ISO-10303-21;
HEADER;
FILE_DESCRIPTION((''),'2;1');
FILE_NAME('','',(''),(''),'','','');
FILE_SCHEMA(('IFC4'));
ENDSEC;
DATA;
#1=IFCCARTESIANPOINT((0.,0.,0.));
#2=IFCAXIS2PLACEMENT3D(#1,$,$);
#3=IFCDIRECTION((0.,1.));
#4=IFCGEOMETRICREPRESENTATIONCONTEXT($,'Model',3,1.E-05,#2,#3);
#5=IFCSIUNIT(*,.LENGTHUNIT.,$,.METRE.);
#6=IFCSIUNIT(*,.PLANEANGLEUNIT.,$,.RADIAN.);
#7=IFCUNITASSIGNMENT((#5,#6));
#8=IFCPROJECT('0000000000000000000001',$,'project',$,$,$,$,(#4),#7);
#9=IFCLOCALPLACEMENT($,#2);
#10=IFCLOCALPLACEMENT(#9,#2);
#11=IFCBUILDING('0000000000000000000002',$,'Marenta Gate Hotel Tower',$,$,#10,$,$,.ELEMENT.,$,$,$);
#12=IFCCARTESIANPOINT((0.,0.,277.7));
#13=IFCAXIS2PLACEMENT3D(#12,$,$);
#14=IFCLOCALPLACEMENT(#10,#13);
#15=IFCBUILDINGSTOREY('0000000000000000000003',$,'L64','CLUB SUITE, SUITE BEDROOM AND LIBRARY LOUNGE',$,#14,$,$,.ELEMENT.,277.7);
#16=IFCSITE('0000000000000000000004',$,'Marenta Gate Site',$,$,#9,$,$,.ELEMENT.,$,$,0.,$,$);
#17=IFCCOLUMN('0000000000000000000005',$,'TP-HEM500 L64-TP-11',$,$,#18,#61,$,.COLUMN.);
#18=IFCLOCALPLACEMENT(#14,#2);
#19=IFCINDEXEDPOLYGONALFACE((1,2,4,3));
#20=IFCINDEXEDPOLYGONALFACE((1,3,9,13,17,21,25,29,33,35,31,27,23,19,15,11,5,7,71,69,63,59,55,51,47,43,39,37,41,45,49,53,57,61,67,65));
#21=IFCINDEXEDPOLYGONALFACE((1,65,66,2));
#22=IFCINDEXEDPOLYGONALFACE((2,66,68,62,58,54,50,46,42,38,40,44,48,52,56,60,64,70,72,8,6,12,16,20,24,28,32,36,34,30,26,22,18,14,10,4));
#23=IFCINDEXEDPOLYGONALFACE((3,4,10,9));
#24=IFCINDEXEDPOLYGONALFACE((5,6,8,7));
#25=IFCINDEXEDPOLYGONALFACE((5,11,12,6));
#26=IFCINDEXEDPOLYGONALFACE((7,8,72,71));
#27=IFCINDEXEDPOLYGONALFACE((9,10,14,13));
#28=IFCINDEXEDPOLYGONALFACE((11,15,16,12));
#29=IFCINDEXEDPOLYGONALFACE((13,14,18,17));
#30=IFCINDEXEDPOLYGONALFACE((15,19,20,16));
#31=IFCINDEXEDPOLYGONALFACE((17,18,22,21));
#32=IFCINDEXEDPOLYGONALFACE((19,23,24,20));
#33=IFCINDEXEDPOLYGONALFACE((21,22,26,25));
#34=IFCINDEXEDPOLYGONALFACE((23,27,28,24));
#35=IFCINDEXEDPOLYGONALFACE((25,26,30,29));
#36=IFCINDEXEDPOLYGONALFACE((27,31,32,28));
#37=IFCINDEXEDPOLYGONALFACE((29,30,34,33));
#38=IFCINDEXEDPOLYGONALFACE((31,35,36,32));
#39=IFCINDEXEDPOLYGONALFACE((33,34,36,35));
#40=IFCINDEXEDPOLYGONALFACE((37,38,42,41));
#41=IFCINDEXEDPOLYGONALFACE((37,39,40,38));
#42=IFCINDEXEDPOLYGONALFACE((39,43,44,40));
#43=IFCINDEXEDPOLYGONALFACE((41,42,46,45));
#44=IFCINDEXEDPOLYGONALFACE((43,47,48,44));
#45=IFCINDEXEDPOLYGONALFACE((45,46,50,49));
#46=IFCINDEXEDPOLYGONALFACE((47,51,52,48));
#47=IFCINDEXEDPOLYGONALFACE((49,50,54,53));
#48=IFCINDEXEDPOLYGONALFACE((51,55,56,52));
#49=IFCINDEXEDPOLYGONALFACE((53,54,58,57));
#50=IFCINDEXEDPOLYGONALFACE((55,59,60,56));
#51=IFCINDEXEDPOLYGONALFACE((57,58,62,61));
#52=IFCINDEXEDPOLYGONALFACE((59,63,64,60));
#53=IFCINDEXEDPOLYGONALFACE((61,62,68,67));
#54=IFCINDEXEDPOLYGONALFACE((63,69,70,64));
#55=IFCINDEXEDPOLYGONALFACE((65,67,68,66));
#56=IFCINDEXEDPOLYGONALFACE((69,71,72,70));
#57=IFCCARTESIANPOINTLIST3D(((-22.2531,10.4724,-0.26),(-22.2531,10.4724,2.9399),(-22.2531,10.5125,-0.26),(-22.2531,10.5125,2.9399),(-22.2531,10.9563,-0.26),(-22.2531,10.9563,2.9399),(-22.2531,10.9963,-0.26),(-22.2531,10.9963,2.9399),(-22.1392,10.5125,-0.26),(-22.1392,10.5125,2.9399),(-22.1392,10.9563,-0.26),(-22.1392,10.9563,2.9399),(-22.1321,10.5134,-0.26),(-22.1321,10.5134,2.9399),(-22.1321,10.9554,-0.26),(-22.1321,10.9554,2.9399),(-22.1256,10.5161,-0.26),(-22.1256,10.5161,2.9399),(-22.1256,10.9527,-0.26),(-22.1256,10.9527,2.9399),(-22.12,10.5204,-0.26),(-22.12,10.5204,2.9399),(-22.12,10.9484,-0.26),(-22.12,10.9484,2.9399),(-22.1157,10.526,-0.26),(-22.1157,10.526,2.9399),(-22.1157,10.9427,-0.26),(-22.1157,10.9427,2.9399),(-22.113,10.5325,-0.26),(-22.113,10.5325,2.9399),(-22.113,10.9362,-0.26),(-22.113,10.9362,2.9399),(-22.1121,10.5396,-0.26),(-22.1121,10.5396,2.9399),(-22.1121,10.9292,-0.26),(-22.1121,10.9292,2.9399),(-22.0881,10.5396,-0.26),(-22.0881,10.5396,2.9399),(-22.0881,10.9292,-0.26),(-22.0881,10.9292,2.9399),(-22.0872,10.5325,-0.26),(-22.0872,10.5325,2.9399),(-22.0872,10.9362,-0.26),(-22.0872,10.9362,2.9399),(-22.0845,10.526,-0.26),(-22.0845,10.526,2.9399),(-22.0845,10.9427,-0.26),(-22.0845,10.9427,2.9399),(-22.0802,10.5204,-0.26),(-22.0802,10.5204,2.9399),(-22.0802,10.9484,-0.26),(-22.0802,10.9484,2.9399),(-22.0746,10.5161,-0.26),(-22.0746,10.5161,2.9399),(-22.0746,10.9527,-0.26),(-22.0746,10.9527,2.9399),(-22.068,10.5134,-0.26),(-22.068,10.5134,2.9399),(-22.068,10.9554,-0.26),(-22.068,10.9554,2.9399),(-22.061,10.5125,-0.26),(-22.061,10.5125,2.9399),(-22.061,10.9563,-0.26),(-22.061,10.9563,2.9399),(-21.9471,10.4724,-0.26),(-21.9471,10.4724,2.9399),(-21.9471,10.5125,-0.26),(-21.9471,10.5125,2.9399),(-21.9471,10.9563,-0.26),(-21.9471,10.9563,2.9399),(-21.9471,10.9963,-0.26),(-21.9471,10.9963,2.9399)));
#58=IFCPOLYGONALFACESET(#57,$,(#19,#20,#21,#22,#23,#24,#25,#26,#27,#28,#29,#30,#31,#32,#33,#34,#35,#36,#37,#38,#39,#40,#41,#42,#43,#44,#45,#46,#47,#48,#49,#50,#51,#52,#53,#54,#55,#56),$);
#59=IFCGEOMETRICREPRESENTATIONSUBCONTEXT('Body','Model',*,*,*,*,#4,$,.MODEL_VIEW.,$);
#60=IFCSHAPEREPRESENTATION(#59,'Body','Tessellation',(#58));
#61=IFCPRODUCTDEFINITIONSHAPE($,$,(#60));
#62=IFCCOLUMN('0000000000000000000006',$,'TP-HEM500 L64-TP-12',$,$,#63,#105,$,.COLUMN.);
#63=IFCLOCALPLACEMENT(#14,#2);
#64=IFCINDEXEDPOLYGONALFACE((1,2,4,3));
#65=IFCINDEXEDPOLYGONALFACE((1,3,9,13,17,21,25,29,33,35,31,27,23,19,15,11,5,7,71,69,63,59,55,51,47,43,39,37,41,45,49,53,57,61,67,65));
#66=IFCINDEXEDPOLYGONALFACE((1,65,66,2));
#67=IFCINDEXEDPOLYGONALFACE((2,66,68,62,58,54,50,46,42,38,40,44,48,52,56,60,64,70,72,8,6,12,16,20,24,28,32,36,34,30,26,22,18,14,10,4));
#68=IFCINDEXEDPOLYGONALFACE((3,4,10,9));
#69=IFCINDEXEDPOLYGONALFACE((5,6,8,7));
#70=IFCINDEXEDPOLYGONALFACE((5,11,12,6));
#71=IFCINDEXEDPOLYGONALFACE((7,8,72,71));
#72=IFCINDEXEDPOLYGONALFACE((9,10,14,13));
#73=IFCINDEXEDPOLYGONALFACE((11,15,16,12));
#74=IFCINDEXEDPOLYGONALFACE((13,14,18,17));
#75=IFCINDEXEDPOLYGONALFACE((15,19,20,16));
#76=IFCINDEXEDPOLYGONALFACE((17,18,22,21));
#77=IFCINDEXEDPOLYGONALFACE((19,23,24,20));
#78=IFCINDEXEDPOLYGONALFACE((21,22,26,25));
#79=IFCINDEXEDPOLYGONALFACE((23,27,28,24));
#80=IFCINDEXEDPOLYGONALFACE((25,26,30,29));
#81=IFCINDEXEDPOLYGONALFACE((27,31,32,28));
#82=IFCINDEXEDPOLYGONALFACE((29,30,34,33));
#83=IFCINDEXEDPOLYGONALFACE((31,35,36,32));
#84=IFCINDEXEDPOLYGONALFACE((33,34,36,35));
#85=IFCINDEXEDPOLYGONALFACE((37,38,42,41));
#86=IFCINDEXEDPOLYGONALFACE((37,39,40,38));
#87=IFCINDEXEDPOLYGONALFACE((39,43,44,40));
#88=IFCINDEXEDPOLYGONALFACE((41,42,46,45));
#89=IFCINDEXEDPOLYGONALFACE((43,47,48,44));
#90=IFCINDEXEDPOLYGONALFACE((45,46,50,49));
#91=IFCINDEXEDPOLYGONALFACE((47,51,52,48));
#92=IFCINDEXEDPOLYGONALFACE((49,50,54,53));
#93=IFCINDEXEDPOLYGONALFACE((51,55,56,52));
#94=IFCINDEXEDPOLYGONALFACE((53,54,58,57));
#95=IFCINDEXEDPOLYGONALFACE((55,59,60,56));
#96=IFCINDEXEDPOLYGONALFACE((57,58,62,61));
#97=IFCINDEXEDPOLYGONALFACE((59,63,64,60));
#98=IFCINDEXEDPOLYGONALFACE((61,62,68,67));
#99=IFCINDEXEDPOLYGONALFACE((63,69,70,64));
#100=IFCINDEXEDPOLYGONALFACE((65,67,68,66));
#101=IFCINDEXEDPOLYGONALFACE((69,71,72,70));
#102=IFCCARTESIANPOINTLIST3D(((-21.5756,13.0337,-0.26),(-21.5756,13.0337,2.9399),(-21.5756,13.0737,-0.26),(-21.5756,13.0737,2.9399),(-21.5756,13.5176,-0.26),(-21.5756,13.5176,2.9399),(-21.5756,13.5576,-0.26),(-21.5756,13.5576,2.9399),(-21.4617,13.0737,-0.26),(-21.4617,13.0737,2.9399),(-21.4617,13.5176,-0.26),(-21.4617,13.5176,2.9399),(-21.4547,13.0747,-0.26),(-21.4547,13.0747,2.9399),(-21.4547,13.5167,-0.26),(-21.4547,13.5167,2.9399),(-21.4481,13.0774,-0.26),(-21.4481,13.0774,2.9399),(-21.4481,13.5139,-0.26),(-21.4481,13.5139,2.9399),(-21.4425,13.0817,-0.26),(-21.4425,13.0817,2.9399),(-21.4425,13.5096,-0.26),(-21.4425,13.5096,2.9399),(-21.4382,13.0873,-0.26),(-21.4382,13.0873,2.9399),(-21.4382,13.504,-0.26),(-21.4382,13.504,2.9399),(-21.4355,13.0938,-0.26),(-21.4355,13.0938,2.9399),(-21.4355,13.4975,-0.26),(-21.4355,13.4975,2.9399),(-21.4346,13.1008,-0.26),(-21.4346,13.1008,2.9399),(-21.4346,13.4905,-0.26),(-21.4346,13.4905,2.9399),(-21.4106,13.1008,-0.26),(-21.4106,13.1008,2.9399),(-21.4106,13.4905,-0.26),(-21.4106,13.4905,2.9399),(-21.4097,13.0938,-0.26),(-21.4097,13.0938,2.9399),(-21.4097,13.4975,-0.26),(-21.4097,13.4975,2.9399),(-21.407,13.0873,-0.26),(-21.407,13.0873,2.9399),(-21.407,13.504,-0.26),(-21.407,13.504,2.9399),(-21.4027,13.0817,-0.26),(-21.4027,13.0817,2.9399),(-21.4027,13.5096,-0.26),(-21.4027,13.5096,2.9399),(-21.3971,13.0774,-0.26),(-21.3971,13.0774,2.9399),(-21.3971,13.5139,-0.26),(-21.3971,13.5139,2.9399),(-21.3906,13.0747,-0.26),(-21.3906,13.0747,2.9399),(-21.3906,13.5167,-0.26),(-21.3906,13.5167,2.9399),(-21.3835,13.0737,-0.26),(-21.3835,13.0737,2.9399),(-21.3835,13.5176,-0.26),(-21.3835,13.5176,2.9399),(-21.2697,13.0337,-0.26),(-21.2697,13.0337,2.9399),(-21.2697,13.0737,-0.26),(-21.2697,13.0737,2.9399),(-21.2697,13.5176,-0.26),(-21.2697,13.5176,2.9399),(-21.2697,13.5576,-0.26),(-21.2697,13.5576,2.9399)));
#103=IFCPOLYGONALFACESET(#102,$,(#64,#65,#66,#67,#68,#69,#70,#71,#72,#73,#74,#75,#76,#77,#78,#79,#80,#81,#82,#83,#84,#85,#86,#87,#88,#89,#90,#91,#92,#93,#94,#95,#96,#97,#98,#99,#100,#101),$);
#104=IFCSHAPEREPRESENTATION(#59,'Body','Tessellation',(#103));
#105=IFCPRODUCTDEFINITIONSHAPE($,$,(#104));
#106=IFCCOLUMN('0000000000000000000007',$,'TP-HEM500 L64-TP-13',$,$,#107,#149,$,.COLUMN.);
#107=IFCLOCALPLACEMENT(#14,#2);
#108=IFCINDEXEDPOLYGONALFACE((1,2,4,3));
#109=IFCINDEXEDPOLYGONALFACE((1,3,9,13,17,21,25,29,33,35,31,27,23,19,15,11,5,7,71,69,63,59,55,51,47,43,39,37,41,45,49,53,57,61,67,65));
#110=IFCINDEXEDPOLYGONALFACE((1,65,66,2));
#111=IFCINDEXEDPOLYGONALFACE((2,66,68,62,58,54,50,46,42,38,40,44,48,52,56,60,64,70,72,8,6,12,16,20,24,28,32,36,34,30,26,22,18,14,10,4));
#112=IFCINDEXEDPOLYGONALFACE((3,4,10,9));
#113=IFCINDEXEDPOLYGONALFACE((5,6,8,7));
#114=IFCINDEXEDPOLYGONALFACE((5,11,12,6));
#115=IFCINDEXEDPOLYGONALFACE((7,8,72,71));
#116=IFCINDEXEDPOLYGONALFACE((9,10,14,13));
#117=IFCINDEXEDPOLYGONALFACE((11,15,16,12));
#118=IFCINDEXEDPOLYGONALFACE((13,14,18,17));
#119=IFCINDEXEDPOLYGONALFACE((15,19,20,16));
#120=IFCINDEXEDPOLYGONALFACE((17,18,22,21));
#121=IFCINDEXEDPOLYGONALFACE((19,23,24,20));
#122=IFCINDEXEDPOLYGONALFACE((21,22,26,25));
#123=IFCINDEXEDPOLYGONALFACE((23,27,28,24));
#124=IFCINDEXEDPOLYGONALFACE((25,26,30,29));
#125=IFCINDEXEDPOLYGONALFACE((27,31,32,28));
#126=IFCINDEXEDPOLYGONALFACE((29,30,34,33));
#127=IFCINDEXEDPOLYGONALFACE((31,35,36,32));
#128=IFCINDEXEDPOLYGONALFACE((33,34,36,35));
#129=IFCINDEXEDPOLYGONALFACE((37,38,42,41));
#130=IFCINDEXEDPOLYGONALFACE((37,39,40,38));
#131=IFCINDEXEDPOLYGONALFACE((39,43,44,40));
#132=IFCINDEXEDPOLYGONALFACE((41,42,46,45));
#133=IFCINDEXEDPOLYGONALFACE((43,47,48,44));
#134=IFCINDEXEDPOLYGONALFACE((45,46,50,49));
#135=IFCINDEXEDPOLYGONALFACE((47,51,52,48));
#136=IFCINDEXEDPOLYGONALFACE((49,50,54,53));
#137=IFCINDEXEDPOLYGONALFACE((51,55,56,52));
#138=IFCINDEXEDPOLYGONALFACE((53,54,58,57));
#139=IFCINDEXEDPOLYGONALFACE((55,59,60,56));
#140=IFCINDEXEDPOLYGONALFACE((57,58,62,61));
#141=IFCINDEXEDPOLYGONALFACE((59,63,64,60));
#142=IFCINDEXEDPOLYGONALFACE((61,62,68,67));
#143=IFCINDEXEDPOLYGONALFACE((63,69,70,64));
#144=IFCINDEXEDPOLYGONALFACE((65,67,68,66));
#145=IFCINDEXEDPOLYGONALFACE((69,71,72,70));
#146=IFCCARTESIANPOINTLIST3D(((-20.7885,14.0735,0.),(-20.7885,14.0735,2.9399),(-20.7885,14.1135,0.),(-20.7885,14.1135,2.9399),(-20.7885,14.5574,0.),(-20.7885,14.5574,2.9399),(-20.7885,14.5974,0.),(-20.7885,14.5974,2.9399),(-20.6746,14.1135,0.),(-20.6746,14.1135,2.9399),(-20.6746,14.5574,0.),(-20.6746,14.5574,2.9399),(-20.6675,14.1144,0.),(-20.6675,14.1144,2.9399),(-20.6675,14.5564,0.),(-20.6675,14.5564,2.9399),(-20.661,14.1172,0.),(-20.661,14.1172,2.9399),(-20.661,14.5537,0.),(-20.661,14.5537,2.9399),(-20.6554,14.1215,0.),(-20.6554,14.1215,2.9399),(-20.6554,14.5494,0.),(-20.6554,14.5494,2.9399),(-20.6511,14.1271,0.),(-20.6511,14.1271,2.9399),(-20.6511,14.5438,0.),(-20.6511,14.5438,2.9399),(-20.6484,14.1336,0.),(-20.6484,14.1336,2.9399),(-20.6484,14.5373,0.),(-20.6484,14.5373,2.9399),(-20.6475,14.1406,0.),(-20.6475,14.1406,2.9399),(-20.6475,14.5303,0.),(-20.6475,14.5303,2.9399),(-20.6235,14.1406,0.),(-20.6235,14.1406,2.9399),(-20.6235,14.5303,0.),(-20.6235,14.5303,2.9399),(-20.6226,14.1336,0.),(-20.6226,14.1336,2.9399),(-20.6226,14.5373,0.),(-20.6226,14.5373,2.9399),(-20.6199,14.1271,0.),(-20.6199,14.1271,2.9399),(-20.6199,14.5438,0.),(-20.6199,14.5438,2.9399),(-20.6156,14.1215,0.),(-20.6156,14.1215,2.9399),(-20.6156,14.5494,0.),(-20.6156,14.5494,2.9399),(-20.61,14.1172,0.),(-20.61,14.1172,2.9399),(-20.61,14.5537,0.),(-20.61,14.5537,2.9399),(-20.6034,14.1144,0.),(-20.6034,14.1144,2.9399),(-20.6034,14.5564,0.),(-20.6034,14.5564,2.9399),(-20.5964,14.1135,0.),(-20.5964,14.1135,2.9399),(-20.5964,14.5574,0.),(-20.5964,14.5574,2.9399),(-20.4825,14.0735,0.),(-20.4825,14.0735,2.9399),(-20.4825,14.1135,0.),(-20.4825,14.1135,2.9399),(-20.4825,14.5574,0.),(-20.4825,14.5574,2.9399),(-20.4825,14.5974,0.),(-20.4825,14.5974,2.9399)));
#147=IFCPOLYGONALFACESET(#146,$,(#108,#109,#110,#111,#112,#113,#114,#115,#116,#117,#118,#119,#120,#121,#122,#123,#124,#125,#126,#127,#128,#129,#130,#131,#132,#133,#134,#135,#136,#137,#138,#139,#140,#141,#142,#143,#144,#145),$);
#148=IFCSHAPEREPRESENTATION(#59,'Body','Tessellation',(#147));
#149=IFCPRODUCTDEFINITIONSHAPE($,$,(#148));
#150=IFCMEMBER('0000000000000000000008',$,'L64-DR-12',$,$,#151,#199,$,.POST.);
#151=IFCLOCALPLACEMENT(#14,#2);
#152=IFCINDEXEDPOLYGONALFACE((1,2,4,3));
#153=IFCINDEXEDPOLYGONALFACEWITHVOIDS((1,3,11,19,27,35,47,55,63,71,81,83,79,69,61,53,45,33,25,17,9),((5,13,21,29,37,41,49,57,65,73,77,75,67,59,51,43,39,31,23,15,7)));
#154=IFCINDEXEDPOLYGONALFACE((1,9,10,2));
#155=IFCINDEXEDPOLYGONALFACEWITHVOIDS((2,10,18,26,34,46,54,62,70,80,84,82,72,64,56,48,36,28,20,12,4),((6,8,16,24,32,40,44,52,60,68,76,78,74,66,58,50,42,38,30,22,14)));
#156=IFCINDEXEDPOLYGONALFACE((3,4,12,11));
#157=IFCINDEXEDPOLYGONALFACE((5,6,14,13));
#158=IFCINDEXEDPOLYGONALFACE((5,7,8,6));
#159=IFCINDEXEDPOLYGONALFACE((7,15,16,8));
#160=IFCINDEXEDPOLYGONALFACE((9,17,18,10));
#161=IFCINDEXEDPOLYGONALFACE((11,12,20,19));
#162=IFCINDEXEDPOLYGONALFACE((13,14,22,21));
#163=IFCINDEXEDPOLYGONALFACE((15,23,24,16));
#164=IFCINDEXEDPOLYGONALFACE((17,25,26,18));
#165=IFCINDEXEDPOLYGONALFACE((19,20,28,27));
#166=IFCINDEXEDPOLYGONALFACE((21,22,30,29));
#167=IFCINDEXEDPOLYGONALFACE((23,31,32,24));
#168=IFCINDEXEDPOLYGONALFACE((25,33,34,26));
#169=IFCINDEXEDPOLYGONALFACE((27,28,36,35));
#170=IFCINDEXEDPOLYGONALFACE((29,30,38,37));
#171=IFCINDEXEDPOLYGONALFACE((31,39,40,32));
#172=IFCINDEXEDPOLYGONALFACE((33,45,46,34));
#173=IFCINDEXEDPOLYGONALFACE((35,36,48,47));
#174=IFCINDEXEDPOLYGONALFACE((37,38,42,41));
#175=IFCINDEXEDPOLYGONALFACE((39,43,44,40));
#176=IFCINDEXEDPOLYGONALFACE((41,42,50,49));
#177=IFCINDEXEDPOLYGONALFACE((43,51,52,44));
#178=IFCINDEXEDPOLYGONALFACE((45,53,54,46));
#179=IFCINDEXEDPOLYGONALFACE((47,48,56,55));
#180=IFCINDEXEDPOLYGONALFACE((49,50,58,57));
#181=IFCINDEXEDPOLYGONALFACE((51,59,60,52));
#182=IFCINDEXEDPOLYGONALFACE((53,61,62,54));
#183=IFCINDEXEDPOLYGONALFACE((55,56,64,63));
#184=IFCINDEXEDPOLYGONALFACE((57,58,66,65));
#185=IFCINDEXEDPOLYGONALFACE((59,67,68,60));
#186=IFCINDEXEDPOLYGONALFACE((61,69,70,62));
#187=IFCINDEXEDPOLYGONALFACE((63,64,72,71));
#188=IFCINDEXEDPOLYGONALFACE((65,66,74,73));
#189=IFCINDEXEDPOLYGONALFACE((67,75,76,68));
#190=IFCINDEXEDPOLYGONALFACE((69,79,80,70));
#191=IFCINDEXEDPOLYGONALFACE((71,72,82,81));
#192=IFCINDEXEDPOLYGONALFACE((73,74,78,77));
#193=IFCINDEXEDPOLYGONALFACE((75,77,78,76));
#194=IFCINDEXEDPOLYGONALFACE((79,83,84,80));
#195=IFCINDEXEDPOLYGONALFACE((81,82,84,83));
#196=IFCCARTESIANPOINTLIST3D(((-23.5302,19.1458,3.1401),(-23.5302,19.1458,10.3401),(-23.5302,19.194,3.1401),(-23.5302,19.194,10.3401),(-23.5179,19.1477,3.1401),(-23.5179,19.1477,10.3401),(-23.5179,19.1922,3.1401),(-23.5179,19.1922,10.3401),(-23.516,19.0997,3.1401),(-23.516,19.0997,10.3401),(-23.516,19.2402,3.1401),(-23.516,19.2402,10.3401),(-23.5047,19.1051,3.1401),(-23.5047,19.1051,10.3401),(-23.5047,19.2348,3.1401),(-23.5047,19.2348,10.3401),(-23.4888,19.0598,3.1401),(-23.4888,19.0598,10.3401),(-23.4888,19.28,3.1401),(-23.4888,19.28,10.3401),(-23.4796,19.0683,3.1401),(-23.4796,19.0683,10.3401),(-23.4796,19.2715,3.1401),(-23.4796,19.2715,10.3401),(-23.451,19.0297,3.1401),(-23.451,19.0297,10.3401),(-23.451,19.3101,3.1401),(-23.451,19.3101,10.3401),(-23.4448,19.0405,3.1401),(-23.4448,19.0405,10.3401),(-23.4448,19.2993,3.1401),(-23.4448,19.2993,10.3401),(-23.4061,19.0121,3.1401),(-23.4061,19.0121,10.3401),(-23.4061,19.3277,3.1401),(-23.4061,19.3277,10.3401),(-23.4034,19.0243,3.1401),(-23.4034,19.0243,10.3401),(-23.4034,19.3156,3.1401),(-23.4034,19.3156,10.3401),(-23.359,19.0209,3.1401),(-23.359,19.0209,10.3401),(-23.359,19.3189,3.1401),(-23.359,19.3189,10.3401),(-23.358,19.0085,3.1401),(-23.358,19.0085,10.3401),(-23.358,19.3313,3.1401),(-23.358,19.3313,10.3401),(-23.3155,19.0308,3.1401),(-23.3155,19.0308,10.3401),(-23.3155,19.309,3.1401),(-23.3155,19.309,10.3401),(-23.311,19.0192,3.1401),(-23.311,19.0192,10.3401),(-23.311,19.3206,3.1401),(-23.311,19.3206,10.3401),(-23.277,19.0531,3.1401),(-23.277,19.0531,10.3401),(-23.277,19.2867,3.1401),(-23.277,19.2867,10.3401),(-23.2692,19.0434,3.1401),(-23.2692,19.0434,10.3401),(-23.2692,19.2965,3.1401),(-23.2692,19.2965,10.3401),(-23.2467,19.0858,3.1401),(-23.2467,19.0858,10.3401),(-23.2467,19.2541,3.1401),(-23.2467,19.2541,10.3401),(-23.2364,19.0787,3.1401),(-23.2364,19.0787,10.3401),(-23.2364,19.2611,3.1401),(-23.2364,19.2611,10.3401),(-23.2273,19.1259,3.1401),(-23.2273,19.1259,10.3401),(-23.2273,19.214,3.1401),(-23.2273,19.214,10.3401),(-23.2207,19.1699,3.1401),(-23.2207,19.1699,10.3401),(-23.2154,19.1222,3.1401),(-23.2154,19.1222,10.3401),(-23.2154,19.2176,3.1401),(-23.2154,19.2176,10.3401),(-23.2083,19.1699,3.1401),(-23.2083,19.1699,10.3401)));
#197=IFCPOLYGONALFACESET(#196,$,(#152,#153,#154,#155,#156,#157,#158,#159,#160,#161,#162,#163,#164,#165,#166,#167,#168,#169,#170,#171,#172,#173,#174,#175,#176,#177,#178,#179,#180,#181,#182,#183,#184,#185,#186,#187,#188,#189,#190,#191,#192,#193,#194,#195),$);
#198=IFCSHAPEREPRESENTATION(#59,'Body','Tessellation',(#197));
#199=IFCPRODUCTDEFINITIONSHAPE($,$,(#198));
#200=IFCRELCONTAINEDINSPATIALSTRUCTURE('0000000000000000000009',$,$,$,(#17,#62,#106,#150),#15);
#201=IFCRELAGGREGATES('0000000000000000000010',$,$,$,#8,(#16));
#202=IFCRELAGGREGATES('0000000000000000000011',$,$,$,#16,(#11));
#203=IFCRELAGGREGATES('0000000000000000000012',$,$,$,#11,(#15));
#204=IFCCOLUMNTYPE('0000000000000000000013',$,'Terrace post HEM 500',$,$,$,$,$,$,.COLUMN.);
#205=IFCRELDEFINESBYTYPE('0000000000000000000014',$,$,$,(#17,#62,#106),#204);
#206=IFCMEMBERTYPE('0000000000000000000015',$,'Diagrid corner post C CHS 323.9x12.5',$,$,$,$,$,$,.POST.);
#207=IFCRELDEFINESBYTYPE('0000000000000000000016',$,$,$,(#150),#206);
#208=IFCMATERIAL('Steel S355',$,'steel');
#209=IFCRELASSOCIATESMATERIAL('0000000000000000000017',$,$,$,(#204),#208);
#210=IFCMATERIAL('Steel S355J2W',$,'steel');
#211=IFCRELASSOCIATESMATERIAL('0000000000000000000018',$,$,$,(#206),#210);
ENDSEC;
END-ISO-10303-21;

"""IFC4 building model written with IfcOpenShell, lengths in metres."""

from ifc_helpers import new_model, si_unit, direction, frame, origin, origin_2d, place, context, subcontext, project, spatial, hollow_circle, i_section, extrude, material, material_profile, profile_set, type_object, element, save


model = new_model("IFC4")

# Units and contexts
model_context = context("Model", 3, precision=1e-05, world=origin(), true_north=direction((0.0, 1.0)))
body_context = subcontext(model_context, "Body", "Model", "MODEL_VIEW")
ifc_project = project(units=[si_unit("LENGTHUNIT", "METRE"), si_unit("PLANEANGLEUNIT", "RADIAN")], contexts=[model_context])

# Site, building, storey
site_placement = place(None, origin())
site = spatial("IfcSite", under=ifc_project, at=site_placement, Name="Marenta Gate Site", CompositionType="ELEMENT", RefElevation=0.0)
building_placement = place(site_placement, origin())
building = spatial("IfcBuilding", under=site, at=building_placement, Name="Marenta Gate Hotel Tower", CompositionType="ELEMENT")
storey_placement = place(building_placement, frame((0.0, 0.0, 277.7)))
storey = spatial("IfcBuildingStorey", under=building, at=storey_placement, Name="L64", Description="CLUB SUITE, SUITE BEDROOM AND LIBRARY LOUNGE", CompositionType="ELEMENT", Elevation=277.7)

# Columns
ifc_material_1 = material(Name="Steel S355", Category="steel")
ifc_material_profile_1 = material_profile(ifc_material_1, i_section(OverallWidth=0.3059, OverallDepth=0.5239, WebThickness=0.0239, FlangeThickness=0.04, FilletRadius=0.0271, at=origin_2d()), Name="HEM 500")
ifc_profile_set_1 = profile_set([ifc_material_profile_1], Name="Steel S355")
column_type = type_object("IfcColumnType", Name="Terrace post HEM 500", PredefinedType="COLUMN", material=ifc_profile_set_1)
for number, where, z_axis, x_axis, name in (
    (1, (-22.1001, 10.7344, -0.26), (0.0, 0.0, 1.0), (1.0, 0.0, 0.0), "TP-HEM500 L64-TP-11"),
    (2, (-21.4226, 13.2957, -0.26), (0.0, 0.0, 1.0), (1.0, 0.0, 0.0), "TP-HEM500 L64-TP-12"),
):
    element("IfcColumn", number, at=place(storey_placement, frame(where, z_axis=z_axis, x_axis=x_axis)), inside=storey, type_object=column_type, Name=name, PredefinedType="COLUMN", context=body_context, shape_type="SweptSolid", body=[
        extrude(i_section(OverallWidth=0.3059, OverallDepth=0.5239, WebThickness=0.0239, FlangeThickness=0.04, FilletRadius=0.0271, at=origin_2d()), origin(), (0.0, 0.0, 1.0), 3.2),
    ])
column_placement = place(storey_placement, frame((-20.6355, 14.3354, 0.0), z_axis=(0.0, 0.0, 1.0), x_axis=(1.0, 0.0, 0.0)))
element("IfcColumn", 3, at=column_placement, inside=storey, type_object=column_type, Name="TP-HEM500 L64-TP-13", PredefinedType="COLUMN", context=body_context, shape_type="SweptSolid", body=[
    extrude(i_section(OverallWidth=0.3059, OverallDepth=0.5239, WebThickness=0.0239, FlangeThickness=0.04, FilletRadius=0.0271, at=origin_2d()), origin(), (0.0, 0.0, 1.0), 2.9399),
])

# Member
ifc_material_2 = material(Name="Steel S355J2W", Category="steel")
ifc_material_profile_2 = material_profile(ifc_material_2, hollow_circle(Radius=0.1619, WallThickness=0.0125, at=origin_2d()), Name="CHS 323.9x12.5")
ifc_profile_set_2 = profile_set([ifc_material_profile_2], Name="Steel S355J2W")
member_type_1 = type_object("IfcMemberType", Name="Diagrid corner post C CHS 323.9x12.5", PredefinedType="POST", material=ifc_profile_set_2)
member_1_placement = place(storey_placement, frame((-23.3701, 19.1699, 3.1401), z_axis=(0.0, 0.0, 1.0), x_axis=(1.0, 0.0, 0.0)))
element("IfcMember", 4, at=member_1_placement, inside=storey, type_object=member_type_1, Name="L64-DR-12", PredefinedType="POST", context=body_context, shape_type="SweptSolid", body=[
    extrude(hollow_circle(Radius=0.1619, WallThickness=0.0125, at=origin_2d()), origin(), (0.0, 0.0, 1.0), 7.2),
])

save(model, "model.ifc")
